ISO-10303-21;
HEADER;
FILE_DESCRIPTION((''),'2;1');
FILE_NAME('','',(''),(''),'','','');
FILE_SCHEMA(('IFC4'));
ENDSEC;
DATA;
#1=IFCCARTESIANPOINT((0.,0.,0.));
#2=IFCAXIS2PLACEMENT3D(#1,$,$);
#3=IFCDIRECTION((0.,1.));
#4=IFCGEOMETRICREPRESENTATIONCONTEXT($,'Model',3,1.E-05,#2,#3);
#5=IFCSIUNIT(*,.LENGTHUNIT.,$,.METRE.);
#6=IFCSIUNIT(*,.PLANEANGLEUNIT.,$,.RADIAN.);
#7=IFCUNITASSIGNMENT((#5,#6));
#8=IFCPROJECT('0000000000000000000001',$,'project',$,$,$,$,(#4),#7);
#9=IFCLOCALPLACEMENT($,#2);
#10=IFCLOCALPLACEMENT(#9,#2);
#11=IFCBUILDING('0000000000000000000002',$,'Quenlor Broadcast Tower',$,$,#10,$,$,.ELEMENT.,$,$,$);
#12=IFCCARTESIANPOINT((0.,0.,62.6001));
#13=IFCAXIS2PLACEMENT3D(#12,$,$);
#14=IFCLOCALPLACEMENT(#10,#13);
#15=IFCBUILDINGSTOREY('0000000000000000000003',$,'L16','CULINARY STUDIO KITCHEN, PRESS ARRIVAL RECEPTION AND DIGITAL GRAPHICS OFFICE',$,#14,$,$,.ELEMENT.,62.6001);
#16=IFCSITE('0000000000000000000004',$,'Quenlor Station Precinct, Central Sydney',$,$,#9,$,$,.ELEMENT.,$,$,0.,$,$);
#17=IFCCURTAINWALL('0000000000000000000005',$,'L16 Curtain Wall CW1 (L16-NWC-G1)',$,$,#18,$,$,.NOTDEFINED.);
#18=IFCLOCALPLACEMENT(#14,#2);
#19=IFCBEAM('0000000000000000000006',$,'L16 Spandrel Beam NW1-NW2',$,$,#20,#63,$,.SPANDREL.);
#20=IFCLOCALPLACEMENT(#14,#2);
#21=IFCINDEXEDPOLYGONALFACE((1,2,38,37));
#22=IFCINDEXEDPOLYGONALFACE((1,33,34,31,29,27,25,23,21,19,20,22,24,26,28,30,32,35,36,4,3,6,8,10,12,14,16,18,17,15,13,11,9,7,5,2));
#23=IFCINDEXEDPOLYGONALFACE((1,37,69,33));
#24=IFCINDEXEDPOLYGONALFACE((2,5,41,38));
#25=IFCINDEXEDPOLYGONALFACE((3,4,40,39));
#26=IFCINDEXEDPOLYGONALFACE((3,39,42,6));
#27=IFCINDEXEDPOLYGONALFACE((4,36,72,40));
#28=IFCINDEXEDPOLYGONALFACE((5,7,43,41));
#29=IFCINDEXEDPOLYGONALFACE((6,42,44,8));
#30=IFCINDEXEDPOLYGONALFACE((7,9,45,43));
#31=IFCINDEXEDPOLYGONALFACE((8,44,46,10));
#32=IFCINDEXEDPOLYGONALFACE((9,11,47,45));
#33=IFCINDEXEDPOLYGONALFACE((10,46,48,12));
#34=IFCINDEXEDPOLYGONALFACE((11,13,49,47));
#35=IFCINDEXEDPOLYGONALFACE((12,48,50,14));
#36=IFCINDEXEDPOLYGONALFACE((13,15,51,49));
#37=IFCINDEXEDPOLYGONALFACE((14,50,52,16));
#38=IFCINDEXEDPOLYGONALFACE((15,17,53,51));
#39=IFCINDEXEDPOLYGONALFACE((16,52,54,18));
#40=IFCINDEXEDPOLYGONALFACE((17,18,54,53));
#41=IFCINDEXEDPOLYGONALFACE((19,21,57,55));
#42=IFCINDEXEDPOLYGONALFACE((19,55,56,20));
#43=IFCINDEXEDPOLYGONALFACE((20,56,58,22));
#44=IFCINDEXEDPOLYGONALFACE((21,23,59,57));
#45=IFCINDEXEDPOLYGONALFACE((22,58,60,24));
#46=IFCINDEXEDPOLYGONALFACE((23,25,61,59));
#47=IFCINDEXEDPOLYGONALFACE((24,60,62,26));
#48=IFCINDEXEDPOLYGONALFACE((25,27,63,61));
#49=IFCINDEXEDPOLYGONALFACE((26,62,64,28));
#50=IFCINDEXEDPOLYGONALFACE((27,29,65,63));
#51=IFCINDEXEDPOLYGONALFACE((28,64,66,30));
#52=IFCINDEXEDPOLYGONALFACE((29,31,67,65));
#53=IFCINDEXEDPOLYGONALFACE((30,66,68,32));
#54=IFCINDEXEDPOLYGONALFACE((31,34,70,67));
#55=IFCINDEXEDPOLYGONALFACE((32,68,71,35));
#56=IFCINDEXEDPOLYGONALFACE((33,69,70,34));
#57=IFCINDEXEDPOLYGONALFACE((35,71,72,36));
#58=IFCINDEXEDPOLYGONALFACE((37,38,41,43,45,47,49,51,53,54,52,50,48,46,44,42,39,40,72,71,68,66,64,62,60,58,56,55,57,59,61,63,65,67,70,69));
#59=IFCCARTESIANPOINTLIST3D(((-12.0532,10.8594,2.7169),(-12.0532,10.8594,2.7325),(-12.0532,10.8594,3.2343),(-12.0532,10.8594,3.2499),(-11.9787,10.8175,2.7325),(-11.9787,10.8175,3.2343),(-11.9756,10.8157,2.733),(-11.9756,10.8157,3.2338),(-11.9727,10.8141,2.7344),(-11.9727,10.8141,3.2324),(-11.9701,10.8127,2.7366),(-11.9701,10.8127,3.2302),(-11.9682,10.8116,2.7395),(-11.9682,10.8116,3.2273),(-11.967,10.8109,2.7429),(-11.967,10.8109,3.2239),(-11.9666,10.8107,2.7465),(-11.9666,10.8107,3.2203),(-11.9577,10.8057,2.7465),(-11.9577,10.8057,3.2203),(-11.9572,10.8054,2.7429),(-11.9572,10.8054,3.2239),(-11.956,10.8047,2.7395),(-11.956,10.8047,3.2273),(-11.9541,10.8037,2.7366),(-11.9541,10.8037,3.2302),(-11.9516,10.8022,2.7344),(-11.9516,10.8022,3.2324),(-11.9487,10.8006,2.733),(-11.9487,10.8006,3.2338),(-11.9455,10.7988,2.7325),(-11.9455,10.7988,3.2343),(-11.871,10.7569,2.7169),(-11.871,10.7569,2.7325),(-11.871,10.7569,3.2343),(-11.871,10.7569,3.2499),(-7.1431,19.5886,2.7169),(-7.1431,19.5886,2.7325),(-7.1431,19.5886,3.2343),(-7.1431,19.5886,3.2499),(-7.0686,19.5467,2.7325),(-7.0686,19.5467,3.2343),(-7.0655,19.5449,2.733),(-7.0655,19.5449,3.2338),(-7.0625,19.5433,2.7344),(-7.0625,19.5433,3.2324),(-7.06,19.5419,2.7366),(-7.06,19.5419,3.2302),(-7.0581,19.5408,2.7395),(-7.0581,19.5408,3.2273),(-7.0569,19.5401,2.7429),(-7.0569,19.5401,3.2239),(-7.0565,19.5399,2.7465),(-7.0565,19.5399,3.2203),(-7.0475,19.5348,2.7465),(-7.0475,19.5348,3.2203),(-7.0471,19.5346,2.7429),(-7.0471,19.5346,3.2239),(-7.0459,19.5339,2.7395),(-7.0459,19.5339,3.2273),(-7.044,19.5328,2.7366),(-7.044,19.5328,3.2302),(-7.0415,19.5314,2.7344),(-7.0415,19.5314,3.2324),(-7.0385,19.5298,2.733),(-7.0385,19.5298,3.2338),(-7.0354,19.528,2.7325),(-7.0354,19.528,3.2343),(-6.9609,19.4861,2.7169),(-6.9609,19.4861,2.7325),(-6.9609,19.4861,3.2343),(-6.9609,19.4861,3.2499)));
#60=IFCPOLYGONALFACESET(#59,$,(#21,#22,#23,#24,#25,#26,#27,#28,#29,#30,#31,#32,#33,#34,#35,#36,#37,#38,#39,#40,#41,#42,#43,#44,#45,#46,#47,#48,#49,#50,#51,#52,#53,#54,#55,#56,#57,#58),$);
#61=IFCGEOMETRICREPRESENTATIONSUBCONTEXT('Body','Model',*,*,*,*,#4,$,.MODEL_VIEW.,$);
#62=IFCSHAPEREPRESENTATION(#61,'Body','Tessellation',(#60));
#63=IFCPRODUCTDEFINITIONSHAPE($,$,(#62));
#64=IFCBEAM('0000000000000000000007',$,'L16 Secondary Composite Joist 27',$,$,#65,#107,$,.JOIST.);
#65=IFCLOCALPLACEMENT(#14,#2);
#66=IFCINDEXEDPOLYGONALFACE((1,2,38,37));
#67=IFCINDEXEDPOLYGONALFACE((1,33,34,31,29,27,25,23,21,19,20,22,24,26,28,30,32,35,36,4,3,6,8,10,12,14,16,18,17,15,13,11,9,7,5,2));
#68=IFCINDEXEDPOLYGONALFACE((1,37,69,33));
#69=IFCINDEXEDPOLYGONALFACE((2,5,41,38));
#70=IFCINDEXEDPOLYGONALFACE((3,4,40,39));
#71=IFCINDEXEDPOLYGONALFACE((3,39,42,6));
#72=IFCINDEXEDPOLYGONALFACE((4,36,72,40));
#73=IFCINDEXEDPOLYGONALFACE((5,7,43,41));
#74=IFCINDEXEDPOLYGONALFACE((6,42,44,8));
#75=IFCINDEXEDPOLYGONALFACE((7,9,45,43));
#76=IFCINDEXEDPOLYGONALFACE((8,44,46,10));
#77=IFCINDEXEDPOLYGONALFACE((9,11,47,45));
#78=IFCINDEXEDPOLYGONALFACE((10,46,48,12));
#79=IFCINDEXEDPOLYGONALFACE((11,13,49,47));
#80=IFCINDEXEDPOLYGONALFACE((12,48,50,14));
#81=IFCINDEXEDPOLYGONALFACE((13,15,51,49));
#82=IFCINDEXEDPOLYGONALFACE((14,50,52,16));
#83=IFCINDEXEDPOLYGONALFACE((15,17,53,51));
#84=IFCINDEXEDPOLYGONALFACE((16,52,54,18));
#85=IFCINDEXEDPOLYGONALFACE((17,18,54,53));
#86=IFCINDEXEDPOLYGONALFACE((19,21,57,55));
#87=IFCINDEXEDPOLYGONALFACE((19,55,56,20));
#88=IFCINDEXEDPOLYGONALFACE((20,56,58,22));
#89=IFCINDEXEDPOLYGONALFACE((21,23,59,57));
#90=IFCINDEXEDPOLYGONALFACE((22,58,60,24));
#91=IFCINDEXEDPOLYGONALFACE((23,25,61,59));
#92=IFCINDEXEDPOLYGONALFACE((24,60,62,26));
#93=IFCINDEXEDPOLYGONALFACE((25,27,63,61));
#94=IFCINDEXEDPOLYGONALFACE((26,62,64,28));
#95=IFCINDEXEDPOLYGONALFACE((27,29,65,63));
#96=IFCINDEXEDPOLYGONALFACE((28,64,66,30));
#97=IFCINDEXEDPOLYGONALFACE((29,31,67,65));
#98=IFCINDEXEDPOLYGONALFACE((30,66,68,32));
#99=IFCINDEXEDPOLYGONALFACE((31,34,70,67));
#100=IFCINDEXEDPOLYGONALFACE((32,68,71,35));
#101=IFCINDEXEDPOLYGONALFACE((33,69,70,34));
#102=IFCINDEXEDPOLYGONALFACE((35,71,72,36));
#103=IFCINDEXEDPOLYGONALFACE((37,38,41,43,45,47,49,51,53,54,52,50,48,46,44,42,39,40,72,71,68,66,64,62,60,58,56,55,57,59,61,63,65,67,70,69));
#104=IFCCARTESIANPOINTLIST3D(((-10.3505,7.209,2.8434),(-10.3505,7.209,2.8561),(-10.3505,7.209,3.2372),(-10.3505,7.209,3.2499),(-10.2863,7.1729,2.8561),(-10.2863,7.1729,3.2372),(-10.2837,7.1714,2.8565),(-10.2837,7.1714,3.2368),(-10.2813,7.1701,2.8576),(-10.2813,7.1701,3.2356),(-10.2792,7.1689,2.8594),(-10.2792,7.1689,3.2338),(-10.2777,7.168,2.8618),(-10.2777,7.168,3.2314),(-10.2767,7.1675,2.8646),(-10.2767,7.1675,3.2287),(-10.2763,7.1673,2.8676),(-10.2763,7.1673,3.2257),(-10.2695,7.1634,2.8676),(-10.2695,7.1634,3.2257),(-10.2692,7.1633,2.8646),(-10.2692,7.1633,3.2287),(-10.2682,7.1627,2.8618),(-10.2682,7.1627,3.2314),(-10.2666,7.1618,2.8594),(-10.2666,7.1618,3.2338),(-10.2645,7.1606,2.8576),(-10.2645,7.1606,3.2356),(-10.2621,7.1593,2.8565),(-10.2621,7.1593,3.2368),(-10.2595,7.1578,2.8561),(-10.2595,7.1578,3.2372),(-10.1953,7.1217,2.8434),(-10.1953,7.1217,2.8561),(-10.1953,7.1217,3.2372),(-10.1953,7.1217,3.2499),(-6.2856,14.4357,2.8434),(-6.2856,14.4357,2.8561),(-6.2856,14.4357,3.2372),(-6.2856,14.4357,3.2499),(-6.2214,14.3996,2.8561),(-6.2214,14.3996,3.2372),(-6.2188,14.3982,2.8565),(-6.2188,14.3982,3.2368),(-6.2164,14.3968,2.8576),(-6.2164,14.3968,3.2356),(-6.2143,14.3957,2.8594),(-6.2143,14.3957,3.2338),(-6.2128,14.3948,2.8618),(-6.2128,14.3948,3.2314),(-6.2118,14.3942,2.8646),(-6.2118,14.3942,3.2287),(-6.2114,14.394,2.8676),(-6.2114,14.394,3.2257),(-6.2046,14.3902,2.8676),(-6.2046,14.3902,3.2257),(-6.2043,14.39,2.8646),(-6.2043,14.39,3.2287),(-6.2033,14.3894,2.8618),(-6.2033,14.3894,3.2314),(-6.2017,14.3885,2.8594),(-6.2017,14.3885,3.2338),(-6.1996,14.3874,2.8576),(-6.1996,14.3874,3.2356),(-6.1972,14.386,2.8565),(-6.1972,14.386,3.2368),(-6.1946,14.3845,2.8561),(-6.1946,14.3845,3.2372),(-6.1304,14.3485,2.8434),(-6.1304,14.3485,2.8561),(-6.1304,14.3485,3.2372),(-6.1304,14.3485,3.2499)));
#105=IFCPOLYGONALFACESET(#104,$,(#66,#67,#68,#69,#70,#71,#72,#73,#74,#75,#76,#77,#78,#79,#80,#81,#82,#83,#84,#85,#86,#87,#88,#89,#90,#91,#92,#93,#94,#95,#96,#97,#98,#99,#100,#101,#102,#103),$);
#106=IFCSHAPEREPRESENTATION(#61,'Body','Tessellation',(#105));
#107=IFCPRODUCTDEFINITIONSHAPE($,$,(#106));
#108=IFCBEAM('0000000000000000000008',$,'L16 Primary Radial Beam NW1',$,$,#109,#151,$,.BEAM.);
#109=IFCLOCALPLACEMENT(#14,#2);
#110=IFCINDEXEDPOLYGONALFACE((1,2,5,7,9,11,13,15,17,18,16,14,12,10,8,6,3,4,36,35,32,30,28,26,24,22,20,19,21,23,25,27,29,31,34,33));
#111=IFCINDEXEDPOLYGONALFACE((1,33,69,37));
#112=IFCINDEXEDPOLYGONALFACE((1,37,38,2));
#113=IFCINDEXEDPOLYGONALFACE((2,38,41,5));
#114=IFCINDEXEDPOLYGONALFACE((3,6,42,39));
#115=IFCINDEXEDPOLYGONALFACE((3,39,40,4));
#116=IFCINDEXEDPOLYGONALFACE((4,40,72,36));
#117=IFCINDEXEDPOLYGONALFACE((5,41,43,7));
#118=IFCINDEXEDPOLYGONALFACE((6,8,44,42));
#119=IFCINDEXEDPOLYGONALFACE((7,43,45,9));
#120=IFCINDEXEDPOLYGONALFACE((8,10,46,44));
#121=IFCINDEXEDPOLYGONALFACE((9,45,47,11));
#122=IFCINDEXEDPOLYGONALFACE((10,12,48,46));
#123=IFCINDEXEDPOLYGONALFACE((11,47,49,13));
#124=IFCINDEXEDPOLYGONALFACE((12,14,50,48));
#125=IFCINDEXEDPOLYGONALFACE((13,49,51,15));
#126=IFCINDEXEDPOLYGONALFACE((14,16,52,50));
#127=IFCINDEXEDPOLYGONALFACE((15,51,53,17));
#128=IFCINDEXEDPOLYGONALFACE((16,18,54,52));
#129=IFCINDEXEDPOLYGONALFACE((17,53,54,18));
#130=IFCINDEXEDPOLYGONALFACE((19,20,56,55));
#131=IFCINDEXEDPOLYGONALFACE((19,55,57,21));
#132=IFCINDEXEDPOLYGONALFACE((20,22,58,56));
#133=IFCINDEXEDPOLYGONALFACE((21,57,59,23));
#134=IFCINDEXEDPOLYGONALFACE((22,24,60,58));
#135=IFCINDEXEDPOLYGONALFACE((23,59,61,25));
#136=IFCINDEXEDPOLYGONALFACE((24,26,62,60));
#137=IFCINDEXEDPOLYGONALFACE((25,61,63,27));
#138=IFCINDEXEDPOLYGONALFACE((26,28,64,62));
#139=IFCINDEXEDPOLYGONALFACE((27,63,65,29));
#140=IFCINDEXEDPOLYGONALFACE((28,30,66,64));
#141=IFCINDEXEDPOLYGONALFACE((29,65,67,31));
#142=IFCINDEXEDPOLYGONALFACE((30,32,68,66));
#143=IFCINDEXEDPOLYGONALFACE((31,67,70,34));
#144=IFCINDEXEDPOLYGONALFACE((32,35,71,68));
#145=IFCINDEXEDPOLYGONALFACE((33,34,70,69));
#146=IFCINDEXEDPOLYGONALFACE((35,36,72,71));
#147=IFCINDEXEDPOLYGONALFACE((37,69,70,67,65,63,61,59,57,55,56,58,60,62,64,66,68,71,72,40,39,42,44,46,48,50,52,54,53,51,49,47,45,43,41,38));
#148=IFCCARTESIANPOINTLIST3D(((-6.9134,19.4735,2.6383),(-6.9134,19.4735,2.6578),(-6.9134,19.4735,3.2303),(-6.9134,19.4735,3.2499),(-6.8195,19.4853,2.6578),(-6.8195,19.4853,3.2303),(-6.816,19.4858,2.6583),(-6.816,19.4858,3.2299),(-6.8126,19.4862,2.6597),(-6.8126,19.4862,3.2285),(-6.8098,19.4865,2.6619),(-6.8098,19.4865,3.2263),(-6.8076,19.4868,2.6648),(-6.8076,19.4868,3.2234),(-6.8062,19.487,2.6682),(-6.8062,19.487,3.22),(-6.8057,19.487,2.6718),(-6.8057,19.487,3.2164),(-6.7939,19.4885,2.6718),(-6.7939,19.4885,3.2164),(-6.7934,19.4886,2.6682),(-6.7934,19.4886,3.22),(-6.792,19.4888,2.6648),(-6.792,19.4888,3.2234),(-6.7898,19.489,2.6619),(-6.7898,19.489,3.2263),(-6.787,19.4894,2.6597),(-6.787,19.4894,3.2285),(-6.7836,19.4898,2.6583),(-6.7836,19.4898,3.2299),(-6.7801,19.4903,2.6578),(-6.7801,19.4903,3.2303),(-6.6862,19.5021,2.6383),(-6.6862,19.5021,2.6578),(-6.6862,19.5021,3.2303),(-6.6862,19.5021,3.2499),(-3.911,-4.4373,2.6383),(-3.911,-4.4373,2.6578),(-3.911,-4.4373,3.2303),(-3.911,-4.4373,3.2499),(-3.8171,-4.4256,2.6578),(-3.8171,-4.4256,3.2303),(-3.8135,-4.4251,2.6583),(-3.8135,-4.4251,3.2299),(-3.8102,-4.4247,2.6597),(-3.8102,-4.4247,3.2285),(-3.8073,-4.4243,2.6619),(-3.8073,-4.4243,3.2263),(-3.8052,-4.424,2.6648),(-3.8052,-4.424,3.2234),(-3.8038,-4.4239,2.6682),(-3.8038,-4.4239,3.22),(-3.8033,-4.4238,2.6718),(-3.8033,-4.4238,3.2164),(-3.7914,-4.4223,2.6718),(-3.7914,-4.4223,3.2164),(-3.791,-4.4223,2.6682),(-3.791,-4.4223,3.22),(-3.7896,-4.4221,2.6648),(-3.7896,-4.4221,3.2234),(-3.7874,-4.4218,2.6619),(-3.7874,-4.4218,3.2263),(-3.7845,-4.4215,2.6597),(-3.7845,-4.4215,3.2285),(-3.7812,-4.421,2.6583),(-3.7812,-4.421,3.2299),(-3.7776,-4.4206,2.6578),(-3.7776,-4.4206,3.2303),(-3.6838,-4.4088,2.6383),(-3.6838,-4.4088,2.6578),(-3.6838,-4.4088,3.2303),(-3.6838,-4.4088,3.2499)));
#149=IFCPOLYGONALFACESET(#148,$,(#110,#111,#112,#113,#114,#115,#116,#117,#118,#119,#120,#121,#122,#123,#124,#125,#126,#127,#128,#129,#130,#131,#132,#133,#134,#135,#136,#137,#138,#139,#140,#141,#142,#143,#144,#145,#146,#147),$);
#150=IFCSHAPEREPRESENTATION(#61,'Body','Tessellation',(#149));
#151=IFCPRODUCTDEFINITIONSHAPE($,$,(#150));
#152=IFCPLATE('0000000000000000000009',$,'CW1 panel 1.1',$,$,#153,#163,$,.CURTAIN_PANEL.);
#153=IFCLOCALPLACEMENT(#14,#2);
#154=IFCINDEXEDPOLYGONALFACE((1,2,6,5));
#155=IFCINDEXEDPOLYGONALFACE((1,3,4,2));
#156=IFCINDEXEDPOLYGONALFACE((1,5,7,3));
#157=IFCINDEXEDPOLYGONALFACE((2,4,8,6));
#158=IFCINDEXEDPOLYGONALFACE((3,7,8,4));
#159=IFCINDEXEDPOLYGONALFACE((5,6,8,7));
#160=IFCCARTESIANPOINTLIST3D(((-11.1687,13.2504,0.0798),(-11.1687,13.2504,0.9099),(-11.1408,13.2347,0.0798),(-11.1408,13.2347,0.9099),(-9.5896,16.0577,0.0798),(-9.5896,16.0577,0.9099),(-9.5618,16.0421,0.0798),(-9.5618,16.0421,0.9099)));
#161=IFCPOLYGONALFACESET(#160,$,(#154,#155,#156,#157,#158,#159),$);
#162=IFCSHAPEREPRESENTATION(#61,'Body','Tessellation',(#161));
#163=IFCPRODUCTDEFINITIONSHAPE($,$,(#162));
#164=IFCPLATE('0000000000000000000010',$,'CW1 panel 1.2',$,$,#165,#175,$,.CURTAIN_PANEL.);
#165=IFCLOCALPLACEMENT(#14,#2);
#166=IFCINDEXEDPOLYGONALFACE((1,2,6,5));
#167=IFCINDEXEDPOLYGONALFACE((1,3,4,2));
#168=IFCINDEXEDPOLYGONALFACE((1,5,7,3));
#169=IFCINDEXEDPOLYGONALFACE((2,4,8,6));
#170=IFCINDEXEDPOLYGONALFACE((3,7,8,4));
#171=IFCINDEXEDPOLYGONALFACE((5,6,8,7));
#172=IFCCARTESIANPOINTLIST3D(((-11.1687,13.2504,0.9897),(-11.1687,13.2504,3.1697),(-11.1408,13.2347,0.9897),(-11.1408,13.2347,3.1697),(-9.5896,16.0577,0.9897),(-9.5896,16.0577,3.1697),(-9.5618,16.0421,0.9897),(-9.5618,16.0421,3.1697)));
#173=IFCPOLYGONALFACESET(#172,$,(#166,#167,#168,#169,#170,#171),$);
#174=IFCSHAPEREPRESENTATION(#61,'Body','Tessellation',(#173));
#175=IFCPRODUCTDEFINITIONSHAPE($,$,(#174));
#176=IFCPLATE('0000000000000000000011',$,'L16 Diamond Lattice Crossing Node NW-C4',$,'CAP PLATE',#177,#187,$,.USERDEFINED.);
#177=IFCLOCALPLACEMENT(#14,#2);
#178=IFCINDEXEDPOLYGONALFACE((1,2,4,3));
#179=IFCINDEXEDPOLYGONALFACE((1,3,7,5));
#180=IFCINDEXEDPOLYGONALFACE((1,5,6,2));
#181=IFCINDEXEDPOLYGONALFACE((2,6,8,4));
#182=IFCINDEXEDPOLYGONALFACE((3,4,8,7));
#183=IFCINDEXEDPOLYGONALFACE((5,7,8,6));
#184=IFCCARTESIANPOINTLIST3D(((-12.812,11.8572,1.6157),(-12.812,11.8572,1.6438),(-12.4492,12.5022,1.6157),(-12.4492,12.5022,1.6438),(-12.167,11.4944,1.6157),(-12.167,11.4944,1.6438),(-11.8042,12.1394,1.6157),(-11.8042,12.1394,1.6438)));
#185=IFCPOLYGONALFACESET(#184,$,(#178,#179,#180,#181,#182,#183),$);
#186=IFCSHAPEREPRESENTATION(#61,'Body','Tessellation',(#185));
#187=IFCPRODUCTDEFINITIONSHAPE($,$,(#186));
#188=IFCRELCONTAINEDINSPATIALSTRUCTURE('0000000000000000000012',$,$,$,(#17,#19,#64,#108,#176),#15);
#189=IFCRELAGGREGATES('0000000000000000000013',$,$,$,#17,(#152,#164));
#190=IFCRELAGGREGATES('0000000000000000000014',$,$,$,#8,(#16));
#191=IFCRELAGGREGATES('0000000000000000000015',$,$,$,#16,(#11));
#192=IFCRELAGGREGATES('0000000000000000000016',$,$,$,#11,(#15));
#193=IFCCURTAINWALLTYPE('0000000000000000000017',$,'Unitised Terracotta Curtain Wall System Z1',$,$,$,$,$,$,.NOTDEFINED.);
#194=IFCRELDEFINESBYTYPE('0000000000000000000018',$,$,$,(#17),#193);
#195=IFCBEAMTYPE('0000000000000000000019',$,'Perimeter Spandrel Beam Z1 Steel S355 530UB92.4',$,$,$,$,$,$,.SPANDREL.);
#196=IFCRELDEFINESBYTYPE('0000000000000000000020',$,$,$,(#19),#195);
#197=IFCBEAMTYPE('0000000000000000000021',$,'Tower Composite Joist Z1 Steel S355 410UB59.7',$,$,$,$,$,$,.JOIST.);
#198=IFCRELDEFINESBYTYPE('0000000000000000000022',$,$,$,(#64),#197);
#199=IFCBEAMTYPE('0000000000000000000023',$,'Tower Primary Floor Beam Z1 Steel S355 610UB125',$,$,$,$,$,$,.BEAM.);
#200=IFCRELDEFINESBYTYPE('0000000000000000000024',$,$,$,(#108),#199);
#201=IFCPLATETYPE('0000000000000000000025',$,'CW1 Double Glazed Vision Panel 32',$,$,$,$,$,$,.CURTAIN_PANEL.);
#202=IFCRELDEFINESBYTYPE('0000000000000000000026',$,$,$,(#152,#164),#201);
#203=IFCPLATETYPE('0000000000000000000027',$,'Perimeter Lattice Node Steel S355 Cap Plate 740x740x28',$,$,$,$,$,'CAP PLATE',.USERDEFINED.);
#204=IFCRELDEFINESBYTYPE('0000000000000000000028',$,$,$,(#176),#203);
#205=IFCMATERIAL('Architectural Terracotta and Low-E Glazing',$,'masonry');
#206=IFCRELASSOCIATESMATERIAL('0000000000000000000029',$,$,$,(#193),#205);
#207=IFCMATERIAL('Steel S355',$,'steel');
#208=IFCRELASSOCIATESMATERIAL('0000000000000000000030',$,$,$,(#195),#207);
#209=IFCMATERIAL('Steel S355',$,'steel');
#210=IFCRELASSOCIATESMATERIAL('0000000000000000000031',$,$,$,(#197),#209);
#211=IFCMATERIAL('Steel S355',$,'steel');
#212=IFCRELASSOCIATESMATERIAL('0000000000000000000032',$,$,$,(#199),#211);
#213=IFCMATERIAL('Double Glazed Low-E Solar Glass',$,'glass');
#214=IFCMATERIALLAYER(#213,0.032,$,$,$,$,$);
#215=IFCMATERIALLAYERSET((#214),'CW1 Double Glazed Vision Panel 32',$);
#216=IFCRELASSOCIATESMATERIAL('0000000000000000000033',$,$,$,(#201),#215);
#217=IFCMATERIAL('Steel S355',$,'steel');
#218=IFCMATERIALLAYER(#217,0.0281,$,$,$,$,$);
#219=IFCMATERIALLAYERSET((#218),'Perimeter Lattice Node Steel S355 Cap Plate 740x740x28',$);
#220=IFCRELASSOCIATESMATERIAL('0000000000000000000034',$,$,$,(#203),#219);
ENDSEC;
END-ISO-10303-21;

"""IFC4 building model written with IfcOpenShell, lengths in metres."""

from ifc_helpers import new_model, si_unit, direction, frame, origin, origin_2d, place, context, subcontext, project, spatial, rectangle, i_section, extrude, material, layer, layer_set, material_profile, profile_set, type_object, element, aggregate, save


model = new_model("IFC4")

# Units and contexts
model_context = context("Model", 3, precision=1e-05, world=origin(), true_north=direction((0.0, 1.0)))
body_context = subcontext(model_context, "Body", "Model", "MODEL_VIEW")
ifc_project = project(units=[si_unit("LENGTHUNIT", "METRE"), si_unit("PLANEANGLEUNIT", "RADIAN")], contexts=[model_context])

# Site, building, storey
site_placement = place(None, origin())
site = spatial("IfcSite", under=ifc_project, at=site_placement, Name="Quenlor Station Precinct, Central Sydney", CompositionType="ELEMENT", RefElevation=0.0)
building_placement = place(site_placement, origin())
building = spatial("IfcBuilding", under=site, at=building_placement, Name="Quenlor Broadcast Tower", CompositionType="ELEMENT")
storey_placement = place(building_placement, frame((0.0, 0.0, 62.6001)))
storey = spatial("IfcBuildingStorey", under=building, at=storey_placement, Name="L16", Description="CULINARY STUDIO KITCHEN, PRESS ARRIVAL RECEPTION AND DIGITAL GRAPHICS OFFICE", CompositionType="ELEMENT", Elevation=62.6001)

# Curtain wall
ifc_material_1 = material(Name="Architectural Terracotta and Low-E Glazing", Category="masonry")
curtain_wall_type = type_object("IfcCurtainWallType", Name="Unitised Terracotta Curtain Wall System Z1", PredefinedType="NOTDEFINED", material=ifc_material_1)
curtain_wall_placement = place(storey_placement, origin())
curtain_wall = element("IfcCurtainWall", 1, at=curtain_wall_placement, inside=storey, type_object=curtain_wall_type, Name="L16 Curtain Wall CW1 (L16-NWC-G1)", PredefinedType="NOTDEFINED")

# Beams
ifc_material_2 = material(Name="Steel S355", Category="steel")
ifc_material_profile_1 = material_profile(ifc_material_2, i_section(OverallWidth=0.209, OverallDepth=0.533, WebThickness=0.0103, FlangeThickness=0.0156, FilletRadius=0.0139, at=origin_2d()))
ifc_profile_set_1 = profile_set([ifc_material_profile_1], Name="Steel S355 530UB92.4")
beam_type_1 = type_object("IfcBeamType", Name="Perimeter Spandrel Beam Z1 Steel S355 530UB92.4", PredefinedType="SPANDREL", material=ifc_profile_set_1)
beam_1_placement = place(storey_placement, frame((-7.052, 19.5374, 2.9834), z_axis=(-0.490258, -0.871577, 0.0), x_axis=(0.871577, -0.490258, 0.0)))
element("IfcBeam", 2, at=beam_1_placement, inside=storey, type_object=beam_type_1, Name="L16 Spandrel Beam NW1-NW2", PredefinedType="SPANDREL", context=body_context, shape_type="SweptSolid", body=[
    extrude(i_section(OverallWidth=0.209, OverallDepth=0.533, WebThickness=0.0103, FlangeThickness=0.0156, FilletRadius=0.0139, at=origin_2d()), origin(), (0.0, 0.0, 1.0), 10.0154),
])
ifc_material_3 = material(Name="Steel S355", Category="steel")
ifc_material_profile_2 = material_profile(ifc_material_3, i_section(OverallWidth=0.178, OverallDepth=0.4065, WebThickness=0.0078, FlangeThickness=0.0127, FilletRadius=0.0115, at=origin_2d()))
ifc_profile_set_2 = profile_set([ifc_material_profile_2], Name="Steel S355 410UB59.7")
beam_type_2 = type_object("IfcBeamType", Name="Tower Composite Joist Z1 Steel S355 410UB59.7", PredefinedType="JOIST", material=ifc_profile_set_2)
beam_2_placement = place(storey_placement, frame((-6.208, 14.3921, 3.0466), z_axis=(-0.490249, -0.871583, 0.0), x_axis=(0.871583, -0.490249, 0.0)))
element("IfcBeam", 3, at=beam_2_placement, inside=storey, type_object=beam_type_2, Name="L16 Secondary Composite Joist 27", PredefinedType="JOIST", context=body_context, shape_type="SweptSolid", body=[
    extrude(i_section(OverallWidth=0.178, OverallDepth=0.4065, WebThickness=0.0078, FlangeThickness=0.0127, FilletRadius=0.0115, at=origin_2d()), origin(), (0.0, 0.0, 1.0), 8.2915),
])
ifc_material_4 = material(Name="Steel S355", Category="steel")
ifc_material_profile_3 = material_profile(ifc_material_4, i_section(OverallWidth=0.229, OverallDepth=0.6116, WebThickness=0.012, FlangeThickness=0.0195, FilletRadius=0.0139, at=origin_2d()))
ifc_profile_set_3 = profile_set([ifc_material_profile_3], Name="Steel S355 610UB125")
beam_type_3 = type_object("IfcBeamType", Name="Tower Primary Floor Beam Z1 Steel S355 610UB125", PredefinedType="BEAM", material=ifc_profile_set_3)
beam_3_placement = place(storey_placement, frame((-6.7998, 19.4878, 2.9441), z_axis=(0.12459, -0.992208, 0.0), x_axis=(0.992208, 0.12459, 0.0)))
element("IfcBeam", 4, at=beam_3_placement, inside=storey, type_object=beam_type_3, Name="L16 Primary Radial Beam NW1", PredefinedType="BEAM", context=body_context, shape_type="SweptSolid", body=[
    extrude(i_section(OverallWidth=0.229, OverallDepth=0.6116, WebThickness=0.012, FlangeThickness=0.0195, FilletRadius=0.0139, at=origin_2d()), origin(), (0.0, 0.0, 1.0), 24.0986),
])

# Plates
ifc_material_5 = material(Name="Double Glazed Low-E Solar Glass", Category="glass")
ifc_layer_1 = layer(ifc_material_5, 0.032)
ifc_layer_set_1 = layer_set([ifc_layer_1], Name="CW1 Double Glazed Vision Panel 32")
plate_type_1 = type_object("IfcPlateType", Name="CW1 Double Glazed Vision Panel 32", PredefinedType="CURTAIN_PANEL", material=ifc_layer_set_1)
plate_1_placement = place(storey_placement, frame((-10.3652, 14.6462, 0.0798), z_axis=(0.0, 0.0, 1.0), x_axis=(0.490244, 0.871585, 0.0)))
plate_1 = element("IfcPlate", 5, at=plate_1_placement, type_object=plate_type_1, Name="CW1 panel 1.1", PredefinedType="CURTAIN_PANEL", context=body_context, shape_type="SweptSolid", body=[
    extrude(rectangle(XDim=3.2209, YDim=0.032, at=origin_2d()), origin(), (0.0, 0.0, 1.0), 0.8301),
])
plate_2_placement = place(storey_placement, frame((-10.3652, 14.6462, 0.9897), z_axis=(0.0, 0.0, 1.0), x_axis=(0.490244, 0.871585, 0.0)))
plate_2 = element("IfcPlate", 6, at=plate_2_placement, type_object=plate_type_1, Name="CW1 panel 1.2", PredefinedType="CURTAIN_PANEL", context=body_context, shape_type="SweptSolid", body=[
    extrude(rectangle(XDim=3.2209, YDim=0.032, at=origin_2d()), origin(), (0.0, 0.0, 1.0), 2.1799),
])
aggregate(curtain_wall, [plate_1, plate_2])

# Plate
ifc_material_6 = material(Name="Steel S355", Category="steel")
ifc_layer_2 = layer(ifc_material_6, 0.0281)
ifc_layer_set_2 = layer_set([ifc_layer_2], Name="Perimeter Lattice Node Steel S355 Cap Plate 740x740x28")
plate_type_2 = type_object("IfcPlateType", Name="Perimeter Lattice Node Steel S355 Cap Plate 740x740x28", ElementType="CAP PLATE", PredefinedType="USERDEFINED", material=ifc_layer_set_2)
for number, where, z_axis, x_axis, name in (
    (7, (-12.3081, 11.9983, 1.6157), (0.0, 0.0, 1.0), (0.490295, 0.871556, 0.0), "L16 Diamond Lattice Crossing Node NW-C4"),
):
    element("IfcPlate", number, at=place(storey_placement, frame(where, z_axis=z_axis, x_axis=x_axis)), inside=storey, type_object=plate_type_2, Name=name, ObjectType="CAP PLATE", PredefinedType="USERDEFINED", context=body_context, shape_type="SweptSolid", body=[
        extrude(rectangle(XDim=0.74, YDim=0.74, at=origin_2d()), origin(), (0.0, 0.0, 1.0), 0.0281),
    ])

save(model, "model.ifc")
